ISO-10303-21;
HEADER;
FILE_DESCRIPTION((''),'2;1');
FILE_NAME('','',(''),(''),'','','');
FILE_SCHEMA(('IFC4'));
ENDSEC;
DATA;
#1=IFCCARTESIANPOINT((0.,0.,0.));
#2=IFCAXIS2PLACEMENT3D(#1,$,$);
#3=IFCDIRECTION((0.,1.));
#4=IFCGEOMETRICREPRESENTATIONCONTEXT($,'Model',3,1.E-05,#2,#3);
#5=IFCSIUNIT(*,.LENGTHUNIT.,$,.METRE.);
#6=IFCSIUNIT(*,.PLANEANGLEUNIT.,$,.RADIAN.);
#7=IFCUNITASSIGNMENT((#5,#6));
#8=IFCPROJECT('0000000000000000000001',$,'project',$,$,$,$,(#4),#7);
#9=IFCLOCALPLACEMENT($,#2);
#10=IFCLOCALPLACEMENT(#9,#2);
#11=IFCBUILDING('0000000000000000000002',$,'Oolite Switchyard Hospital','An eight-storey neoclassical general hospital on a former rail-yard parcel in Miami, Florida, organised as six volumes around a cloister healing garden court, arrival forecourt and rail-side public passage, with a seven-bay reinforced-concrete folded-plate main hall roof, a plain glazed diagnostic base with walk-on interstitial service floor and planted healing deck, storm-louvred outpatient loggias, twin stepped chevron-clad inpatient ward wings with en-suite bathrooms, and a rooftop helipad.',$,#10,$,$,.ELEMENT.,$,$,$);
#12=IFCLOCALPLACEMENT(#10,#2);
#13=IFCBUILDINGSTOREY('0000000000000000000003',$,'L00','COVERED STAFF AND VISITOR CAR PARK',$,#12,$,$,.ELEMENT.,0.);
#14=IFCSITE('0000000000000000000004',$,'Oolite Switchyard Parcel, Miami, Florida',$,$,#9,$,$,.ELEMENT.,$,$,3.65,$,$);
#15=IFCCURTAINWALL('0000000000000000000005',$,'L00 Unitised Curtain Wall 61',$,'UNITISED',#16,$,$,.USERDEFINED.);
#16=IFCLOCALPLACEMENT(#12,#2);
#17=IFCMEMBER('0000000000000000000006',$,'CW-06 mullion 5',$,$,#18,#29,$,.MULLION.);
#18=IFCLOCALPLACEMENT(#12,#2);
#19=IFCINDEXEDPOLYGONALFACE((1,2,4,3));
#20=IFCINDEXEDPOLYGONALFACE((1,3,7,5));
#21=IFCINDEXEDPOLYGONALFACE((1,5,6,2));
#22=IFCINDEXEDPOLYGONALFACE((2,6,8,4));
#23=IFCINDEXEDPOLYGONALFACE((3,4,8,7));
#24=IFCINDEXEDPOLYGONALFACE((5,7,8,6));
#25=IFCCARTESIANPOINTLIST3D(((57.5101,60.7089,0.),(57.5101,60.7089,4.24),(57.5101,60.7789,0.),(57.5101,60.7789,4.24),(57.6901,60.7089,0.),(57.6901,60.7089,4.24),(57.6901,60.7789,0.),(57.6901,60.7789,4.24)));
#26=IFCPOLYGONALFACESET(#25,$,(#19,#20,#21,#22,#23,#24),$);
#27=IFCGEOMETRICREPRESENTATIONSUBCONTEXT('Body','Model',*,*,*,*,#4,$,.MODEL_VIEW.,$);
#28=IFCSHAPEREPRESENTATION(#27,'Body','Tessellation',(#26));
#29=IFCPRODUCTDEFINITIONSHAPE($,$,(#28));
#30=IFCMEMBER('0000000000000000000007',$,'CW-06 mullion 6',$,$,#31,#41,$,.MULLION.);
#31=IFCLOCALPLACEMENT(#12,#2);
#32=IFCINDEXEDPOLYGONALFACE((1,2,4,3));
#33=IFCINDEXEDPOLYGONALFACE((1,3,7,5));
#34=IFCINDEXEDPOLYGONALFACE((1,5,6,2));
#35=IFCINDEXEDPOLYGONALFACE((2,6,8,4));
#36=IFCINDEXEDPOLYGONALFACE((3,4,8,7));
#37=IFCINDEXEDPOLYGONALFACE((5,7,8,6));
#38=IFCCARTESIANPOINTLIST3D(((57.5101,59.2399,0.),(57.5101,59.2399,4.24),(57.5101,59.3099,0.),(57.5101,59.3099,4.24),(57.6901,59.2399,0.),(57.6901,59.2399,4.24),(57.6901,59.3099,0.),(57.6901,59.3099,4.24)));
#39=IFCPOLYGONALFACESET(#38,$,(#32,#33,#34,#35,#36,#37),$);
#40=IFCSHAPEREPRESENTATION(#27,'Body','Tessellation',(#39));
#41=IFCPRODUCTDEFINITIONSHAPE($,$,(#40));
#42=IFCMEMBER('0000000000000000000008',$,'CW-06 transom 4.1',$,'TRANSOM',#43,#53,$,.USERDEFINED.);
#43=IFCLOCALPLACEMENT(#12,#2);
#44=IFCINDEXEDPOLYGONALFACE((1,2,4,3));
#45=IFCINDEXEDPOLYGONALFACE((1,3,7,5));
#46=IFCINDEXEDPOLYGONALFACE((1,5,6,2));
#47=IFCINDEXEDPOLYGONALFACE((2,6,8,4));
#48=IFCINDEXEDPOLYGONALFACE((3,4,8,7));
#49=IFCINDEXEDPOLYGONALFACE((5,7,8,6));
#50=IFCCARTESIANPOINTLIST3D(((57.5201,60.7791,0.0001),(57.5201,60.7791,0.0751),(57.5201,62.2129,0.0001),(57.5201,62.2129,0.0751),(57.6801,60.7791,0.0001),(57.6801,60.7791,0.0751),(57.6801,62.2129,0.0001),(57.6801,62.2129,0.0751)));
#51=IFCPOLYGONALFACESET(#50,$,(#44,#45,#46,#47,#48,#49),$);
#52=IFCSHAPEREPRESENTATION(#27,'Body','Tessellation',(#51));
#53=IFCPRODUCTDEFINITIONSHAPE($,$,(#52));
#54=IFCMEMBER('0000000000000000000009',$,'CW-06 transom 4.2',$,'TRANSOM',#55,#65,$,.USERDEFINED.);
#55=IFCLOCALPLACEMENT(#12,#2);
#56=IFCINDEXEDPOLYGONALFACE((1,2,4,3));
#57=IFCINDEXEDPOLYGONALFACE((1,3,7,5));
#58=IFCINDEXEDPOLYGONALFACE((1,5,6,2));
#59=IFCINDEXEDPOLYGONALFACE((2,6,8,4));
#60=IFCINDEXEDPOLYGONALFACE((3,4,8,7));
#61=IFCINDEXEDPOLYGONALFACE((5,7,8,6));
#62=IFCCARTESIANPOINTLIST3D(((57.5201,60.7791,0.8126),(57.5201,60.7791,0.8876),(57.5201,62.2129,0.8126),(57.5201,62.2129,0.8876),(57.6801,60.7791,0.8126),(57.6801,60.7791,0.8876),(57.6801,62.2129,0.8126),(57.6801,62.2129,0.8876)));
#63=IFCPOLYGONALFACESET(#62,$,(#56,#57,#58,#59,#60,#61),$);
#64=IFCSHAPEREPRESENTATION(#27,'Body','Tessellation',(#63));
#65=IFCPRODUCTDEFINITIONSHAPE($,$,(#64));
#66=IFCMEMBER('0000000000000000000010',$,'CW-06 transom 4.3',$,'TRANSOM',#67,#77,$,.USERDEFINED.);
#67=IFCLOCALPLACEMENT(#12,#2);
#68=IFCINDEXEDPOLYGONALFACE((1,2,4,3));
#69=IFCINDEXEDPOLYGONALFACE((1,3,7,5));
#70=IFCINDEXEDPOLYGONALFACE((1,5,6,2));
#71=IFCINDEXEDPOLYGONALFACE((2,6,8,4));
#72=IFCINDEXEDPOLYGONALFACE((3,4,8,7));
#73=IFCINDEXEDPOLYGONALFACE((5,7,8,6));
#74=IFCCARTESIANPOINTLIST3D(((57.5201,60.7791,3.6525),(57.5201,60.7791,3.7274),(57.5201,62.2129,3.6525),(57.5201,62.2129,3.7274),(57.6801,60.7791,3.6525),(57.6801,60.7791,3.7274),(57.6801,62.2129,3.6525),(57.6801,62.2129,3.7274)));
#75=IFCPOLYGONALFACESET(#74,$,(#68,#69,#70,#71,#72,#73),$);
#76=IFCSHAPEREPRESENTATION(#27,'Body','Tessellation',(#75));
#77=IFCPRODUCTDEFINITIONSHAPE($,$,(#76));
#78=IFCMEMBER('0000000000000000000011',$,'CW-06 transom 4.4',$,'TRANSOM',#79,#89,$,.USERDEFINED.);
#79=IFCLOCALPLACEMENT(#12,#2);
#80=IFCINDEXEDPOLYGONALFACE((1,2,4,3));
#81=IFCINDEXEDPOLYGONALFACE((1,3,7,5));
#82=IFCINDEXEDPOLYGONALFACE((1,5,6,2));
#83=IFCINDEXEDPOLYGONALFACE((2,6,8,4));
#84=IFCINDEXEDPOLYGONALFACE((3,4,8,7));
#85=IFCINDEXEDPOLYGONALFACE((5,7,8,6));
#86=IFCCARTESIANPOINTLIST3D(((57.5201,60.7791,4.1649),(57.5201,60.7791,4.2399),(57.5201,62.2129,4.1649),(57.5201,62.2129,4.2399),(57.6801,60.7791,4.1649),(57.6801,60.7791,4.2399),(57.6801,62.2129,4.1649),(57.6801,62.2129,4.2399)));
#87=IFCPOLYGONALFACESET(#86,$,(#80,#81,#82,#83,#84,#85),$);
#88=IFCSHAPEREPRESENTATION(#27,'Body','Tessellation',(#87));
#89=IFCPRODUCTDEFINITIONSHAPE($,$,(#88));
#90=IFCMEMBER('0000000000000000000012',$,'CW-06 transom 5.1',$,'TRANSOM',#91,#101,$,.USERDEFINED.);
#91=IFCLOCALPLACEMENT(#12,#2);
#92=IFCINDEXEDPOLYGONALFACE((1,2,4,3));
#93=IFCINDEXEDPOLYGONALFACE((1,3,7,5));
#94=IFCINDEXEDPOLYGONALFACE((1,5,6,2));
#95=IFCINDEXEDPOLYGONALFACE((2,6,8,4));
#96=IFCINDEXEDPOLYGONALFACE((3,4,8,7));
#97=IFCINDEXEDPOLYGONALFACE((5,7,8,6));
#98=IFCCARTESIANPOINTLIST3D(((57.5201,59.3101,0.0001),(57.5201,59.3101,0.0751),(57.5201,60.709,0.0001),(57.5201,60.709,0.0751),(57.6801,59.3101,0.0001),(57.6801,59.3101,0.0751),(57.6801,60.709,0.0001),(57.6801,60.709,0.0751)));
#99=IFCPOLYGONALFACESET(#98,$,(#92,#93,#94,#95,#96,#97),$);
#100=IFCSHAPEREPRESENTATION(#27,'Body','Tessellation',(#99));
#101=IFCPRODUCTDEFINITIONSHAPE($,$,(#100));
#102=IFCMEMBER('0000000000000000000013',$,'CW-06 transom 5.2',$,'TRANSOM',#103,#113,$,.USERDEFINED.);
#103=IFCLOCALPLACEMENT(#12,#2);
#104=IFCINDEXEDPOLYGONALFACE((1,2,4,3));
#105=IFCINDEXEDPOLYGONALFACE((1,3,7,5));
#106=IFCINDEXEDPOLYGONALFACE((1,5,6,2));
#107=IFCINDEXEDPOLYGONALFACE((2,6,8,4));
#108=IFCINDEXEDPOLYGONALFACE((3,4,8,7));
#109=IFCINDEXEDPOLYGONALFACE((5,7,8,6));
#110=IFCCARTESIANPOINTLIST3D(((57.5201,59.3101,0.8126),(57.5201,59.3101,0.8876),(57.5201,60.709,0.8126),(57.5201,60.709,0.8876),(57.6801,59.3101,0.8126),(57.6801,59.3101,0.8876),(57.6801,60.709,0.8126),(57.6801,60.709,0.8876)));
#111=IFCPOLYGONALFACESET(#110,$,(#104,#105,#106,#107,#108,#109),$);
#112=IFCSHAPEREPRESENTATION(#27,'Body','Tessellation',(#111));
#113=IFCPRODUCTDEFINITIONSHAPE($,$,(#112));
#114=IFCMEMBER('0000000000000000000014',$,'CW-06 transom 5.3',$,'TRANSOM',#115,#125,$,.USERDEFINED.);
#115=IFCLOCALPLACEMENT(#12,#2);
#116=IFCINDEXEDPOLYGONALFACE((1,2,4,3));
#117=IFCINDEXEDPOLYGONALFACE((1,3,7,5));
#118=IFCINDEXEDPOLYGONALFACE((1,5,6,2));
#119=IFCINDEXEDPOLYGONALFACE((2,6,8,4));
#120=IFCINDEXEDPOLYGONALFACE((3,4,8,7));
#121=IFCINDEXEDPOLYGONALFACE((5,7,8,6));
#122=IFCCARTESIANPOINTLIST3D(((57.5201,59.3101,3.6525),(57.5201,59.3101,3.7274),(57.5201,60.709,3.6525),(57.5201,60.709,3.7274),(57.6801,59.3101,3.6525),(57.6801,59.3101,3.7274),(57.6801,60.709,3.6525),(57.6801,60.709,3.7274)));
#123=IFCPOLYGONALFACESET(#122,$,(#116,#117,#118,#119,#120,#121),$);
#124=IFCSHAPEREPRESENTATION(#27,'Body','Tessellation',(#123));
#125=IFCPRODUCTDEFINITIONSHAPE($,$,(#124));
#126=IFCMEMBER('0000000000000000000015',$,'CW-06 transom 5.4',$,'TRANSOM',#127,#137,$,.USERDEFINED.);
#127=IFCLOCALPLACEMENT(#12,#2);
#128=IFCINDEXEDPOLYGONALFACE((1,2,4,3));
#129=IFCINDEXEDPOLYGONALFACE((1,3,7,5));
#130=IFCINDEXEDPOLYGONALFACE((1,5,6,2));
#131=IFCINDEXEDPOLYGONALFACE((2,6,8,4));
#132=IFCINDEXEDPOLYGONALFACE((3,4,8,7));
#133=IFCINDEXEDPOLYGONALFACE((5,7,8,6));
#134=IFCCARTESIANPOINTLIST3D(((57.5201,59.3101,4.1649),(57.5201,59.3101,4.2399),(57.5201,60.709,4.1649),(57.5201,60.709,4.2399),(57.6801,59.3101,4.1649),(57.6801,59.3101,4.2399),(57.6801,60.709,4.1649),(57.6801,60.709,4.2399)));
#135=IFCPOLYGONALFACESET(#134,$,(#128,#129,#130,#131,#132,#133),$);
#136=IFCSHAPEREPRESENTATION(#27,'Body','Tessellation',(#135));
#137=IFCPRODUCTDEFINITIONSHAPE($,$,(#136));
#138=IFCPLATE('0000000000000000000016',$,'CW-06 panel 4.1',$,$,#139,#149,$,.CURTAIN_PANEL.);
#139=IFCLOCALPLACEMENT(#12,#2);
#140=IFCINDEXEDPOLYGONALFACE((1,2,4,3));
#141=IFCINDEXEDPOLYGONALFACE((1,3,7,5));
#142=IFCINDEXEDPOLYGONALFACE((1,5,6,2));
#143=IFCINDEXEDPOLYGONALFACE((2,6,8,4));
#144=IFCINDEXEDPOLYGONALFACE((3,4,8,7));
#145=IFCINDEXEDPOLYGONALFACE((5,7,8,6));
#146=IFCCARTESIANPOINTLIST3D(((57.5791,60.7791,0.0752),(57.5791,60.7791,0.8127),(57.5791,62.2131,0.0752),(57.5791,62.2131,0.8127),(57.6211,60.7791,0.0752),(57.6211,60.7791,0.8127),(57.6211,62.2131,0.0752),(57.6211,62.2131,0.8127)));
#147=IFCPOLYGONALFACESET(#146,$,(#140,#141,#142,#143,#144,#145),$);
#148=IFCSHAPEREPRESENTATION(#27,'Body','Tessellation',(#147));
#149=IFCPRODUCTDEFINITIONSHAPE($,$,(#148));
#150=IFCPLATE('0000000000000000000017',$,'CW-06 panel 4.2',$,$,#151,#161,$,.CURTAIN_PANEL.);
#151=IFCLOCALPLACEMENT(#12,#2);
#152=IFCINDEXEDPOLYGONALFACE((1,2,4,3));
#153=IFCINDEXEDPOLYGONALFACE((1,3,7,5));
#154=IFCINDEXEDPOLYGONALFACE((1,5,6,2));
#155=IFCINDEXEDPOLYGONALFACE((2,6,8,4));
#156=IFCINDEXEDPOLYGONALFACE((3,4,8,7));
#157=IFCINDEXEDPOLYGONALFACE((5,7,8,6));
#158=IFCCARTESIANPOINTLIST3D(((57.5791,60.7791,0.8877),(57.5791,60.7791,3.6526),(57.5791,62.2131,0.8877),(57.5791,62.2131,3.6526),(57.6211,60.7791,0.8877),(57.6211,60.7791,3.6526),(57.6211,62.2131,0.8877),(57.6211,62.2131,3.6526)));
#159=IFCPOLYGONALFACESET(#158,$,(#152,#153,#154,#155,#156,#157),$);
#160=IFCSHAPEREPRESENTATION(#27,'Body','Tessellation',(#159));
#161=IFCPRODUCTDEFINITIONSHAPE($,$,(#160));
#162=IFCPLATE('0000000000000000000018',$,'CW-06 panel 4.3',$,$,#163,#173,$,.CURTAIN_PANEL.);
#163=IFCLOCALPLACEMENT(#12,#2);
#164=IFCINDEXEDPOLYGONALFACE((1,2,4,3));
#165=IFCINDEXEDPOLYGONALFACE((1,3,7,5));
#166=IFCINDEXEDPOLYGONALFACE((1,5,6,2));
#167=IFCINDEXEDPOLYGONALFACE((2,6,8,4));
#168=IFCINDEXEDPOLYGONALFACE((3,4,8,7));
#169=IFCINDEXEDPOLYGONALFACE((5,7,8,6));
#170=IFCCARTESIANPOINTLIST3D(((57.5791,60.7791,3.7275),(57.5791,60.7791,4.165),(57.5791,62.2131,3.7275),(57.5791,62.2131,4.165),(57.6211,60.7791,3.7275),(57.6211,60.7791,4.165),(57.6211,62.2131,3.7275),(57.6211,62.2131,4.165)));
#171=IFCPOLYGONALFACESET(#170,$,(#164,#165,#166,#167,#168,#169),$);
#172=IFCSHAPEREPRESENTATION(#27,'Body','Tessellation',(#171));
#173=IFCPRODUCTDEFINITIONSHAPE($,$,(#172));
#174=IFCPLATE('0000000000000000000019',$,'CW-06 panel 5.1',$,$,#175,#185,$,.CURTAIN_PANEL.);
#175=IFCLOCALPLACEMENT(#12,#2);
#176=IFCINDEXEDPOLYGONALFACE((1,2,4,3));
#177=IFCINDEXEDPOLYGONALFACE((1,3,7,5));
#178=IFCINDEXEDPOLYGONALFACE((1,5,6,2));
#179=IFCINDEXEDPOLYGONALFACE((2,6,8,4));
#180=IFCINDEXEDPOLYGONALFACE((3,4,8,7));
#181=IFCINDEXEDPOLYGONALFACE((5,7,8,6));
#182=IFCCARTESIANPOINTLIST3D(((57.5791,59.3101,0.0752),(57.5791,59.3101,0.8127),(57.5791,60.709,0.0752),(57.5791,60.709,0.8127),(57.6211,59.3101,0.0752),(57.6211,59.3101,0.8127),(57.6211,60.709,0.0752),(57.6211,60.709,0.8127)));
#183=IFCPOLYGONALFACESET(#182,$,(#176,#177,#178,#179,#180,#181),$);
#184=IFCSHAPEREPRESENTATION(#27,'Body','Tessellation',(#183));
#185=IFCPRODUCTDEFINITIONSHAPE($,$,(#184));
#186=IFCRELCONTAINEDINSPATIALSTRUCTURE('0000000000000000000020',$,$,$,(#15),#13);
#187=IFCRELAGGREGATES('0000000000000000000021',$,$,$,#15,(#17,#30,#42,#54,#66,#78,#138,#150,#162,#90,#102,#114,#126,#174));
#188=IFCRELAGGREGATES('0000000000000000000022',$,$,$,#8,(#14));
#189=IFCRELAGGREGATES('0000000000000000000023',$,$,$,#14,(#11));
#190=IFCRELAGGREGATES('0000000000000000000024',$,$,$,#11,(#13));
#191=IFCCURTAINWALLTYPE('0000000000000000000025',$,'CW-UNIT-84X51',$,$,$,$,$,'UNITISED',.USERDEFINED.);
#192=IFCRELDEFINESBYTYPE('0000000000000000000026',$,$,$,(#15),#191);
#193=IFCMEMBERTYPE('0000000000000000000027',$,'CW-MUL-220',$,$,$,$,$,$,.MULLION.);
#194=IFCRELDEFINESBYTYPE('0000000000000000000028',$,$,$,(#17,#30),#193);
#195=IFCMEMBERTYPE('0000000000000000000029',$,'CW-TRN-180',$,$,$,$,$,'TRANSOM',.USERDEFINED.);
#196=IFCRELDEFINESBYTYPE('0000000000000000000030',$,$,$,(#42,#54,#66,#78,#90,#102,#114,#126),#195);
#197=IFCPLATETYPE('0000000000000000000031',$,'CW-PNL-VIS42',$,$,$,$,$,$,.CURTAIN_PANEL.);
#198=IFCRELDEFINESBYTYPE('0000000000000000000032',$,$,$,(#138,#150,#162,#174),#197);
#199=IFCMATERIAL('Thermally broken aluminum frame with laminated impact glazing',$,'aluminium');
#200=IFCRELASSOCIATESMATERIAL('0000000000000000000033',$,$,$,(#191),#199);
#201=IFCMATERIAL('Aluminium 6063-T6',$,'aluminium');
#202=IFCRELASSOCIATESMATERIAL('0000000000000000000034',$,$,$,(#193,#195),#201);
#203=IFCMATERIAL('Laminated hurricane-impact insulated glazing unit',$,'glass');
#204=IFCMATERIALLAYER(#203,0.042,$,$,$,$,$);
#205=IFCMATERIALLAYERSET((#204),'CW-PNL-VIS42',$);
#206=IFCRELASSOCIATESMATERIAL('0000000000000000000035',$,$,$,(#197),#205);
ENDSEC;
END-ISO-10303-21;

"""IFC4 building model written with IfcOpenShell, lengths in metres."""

from ifc_helpers import new_model, si_unit, direction, frame, origin, origin_2d, place, context, subcontext, project, spatial, rectangle, extrude, material, layer, layer_set, material_profile, profile_set, type_object, element, aggregate, save


model = new_model("IFC4")

# Units and contexts
model_context = context("Model", 3, precision=1e-05, world=origin(), true_north=direction((0.0, 1.0)))
body_context = subcontext(model_context, "Body", "Model", "MODEL_VIEW")
ifc_project = project(units=[si_unit("LENGTHUNIT", "METRE"), si_unit("PLANEANGLEUNIT", "RADIAN")], contexts=[model_context])

# Site, building, storey
site_placement = place(None, origin())
site = spatial("IfcSite", under=ifc_project, at=site_placement, Name="Oolite Switchyard Parcel, Miami, Florida", CompositionType="ELEMENT", RefElevation=3.65)
building_placement = place(site_placement, origin())
building = spatial("IfcBuilding", under=site, at=building_placement, Name="Oolite Switchyard Hospital", Description="An eight-storey neoclassical general hospital on a former rail-yard parcel in Miami, Florida, organised as six volumes around a cloister healing garden court, arrival forecourt and rail-side public passage, with a seven-bay reinforced-concrete folded-plate main hall roof, a plain glazed diagnostic base with walk-on interstitial service floor and planted healing deck, storm-louvred outpatient loggias, twin stepped chevron-clad inpatient ward wings with en-suite bathrooms, and a rooftop helipad.", CompositionType="ELEMENT")
storey_placement = place(building_placement, origin())
storey = spatial("IfcBuildingStorey", under=building, at=storey_placement, Name="L00", Description="COVERED STAFF AND VISITOR CAR PARK", CompositionType="ELEMENT", Elevation=0.0)

# Shared definitions
ifc_material_1 = material(Name="Thermally broken aluminum frame with laminated impact glazing", Category="aluminium")
curtain_wall_type = type_object("IfcCurtainWallType", Name="CW-UNIT-84X51", ElementType="UNITISED", PredefinedType="USERDEFINED", material=ifc_material_1)
ifc_material_2 = material(Name="Aluminium 6063-T6", Category="aluminium")

# Curtain wall, members, plates
curtain_wall_1_placement = place(storey_placement, origin())
curtain_wall_1 = element("IfcCurtainWall", 1, at=curtain_wall_1_placement, inside=storey, type_object=curtain_wall_type, Name="L00 Unitised Curtain Wall 61", ObjectType="UNITISED", PredefinedType="USERDEFINED")
ifc_material_profile_1 = material_profile(ifc_material_2, rectangle(XDim=0.1799, YDim=0.0701, at=origin_2d()), Name="CWM70X180")
ifc_profile_set_1 = profile_set([ifc_material_profile_1], Name="Aluminium 6063-T6")
member_type_1 = type_object("IfcMemberType", Name="CW-MUL-220", PredefinedType="MULLION", material=ifc_profile_set_1)
member_1_placement = place(storey_placement, frame((57.6001, 60.7439, 0.0), z_axis=(0.0, 0.0, 1.0), x_axis=(1.0, 0.0, 0.0)))
member_1 = element("IfcMember", 2, at=member_1_placement, type_object=member_type_1, Name="CW-06 mullion 5", PredefinedType="MULLION", context=body_context, shape_type="SweptSolid", body=[
    extrude(rectangle(XDim=0.1799, YDim=0.0701, at=origin_2d()), origin(), (0.0, 0.0, 1.0), 4.24),
])
member_2_placement = place(storey_placement, frame((57.6001, 59.2749, 0.0), z_axis=(0.0, 0.0, 1.0), x_axis=(1.0, 0.0, 0.0)))
member_2 = element("IfcMember", 3, at=member_2_placement, type_object=member_type_1, Name="CW-06 mullion 6", PredefinedType="MULLION", context=body_context, shape_type="SweptSolid", body=[
    extrude(rectangle(XDim=0.1799, YDim=0.0701, at=origin_2d()), origin(), (0.0, 0.0, 1.0), 4.24),
])
ifc_material_profile_2 = material_profile(ifc_material_2, rectangle(XDim=0.1599, YDim=0.075, at=origin_2d()), Name="CWT75X160")
ifc_profile_set_2 = profile_set([ifc_material_profile_2], Name="Aluminium 6063-T6")
member_type_2 = type_object("IfcMemberType", Name="CW-TRN-180", ElementType="TRANSOM", PredefinedType="USERDEFINED", material=ifc_profile_set_2)
member_3_placement = place(storey_placement, frame((57.6001, 62.2129, 0.0376), z_axis=(0.0, -1.0, 0.0), x_axis=(1.0, 0.0, 0.0)))
member_3 = element("IfcMember", 4, at=member_3_placement, type_object=member_type_2, Name="CW-06 transom 4.1", ObjectType="TRANSOM", PredefinedType="USERDEFINED", context=body_context, shape_type="SweptSolid", body=[
    extrude(rectangle(XDim=0.1599, YDim=0.075, at=origin_2d()), origin(), (0.0, 0.0, 1.0), 1.4338),
])
member_4_placement = place(storey_placement, frame((57.6001, 62.2129, 0.8501), z_axis=(0.0, -1.0, 0.0), x_axis=(1.0, 0.0, 0.0)))
member_4 = element("IfcMember", 5, at=member_4_placement, type_object=member_type_2, Name="CW-06 transom 4.2", ObjectType="TRANSOM", PredefinedType="USERDEFINED", context=body_context, shape_type="SweptSolid", body=[
    extrude(rectangle(XDim=0.1599, YDim=0.075, at=origin_2d()), origin(), (0.0, 0.0, 1.0), 1.4338),
])
member_5_placement = place(storey_placement, frame((57.6001, 62.2129, 3.6899), z_axis=(0.0, -1.0, 0.0), x_axis=(1.0, 0.0, 0.0)))
member_5 = element("IfcMember", 6, at=member_5_placement, type_object=member_type_2, Name="CW-06 transom 4.3", ObjectType="TRANSOM", PredefinedType="USERDEFINED", context=body_context, shape_type="SweptSolid", body=[
    extrude(rectangle(XDim=0.1599, YDim=0.075, at=origin_2d()), origin(), (0.0, 0.0, 1.0), 1.4338),
])
member_6_placement = place(storey_placement, frame((57.6001, 62.2129, 4.2024), z_axis=(0.0, -1.0, 0.0), x_axis=(1.0, 0.0, 0.0)))
member_6 = element("IfcMember", 7, at=member_6_placement, type_object=member_type_2, Name="CW-06 transom 4.4", ObjectType="TRANSOM", PredefinedType="USERDEFINED", context=body_context, shape_type="SweptSolid", body=[
    extrude(rectangle(XDim=0.1599, YDim=0.075, at=origin_2d()), origin(), (0.0, 0.0, 1.0), 1.4338),
])
member_7_placement = place(storey_placement, frame((57.6001, 60.709, 0.0376), z_axis=(0.0, -1.0, 0.0), x_axis=(1.0, 0.0, 0.0)))
member_7 = element("IfcMember", 8, at=member_7_placement, type_object=member_type_2, Name="CW-06 transom 5.1", ObjectType="TRANSOM", PredefinedType="USERDEFINED", context=body_context, shape_type="SweptSolid", body=[
    extrude(rectangle(XDim=0.1599, YDim=0.075, at=origin_2d()), origin(), (0.0, 0.0, 1.0), 1.3989),
])
member_8_placement = place(storey_placement, frame((57.6001, 60.709, 0.8501), z_axis=(0.0, -1.0, 0.0), x_axis=(1.0, 0.0, 0.0)))
member_8 = element("IfcMember", 9, at=member_8_placement, type_object=member_type_2, Name="CW-06 transom 5.2", ObjectType="TRANSOM", PredefinedType="USERDEFINED", context=body_context, shape_type="SweptSolid", body=[
    extrude(rectangle(XDim=0.1599, YDim=0.075, at=origin_2d()), origin(), (0.0, 0.0, 1.0), 1.3989),
])
member_9_placement = place(storey_placement, frame((57.6001, 60.709, 3.6899), z_axis=(0.0, -1.0, 0.0), x_axis=(1.0, 0.0, 0.0)))
member_9 = element("IfcMember", 10, at=member_9_placement, type_object=member_type_2, Name="CW-06 transom 5.3", ObjectType="TRANSOM", PredefinedType="USERDEFINED", context=body_context, shape_type="SweptSolid", body=[
    extrude(rectangle(XDim=0.1599, YDim=0.075, at=origin_2d()), origin(), (0.0, 0.0, 1.0), 1.3989),
])
member_10_placement = place(storey_placement, frame((57.6001, 60.709, 4.2024), z_axis=(0.0, -1.0, 0.0), x_axis=(1.0, 0.0, 0.0)))
member_10 = element("IfcMember", 11, at=member_10_placement, type_object=member_type_2, Name="CW-06 transom 5.4", ObjectType="TRANSOM", PredefinedType="USERDEFINED", context=body_context, shape_type="SweptSolid", body=[
    extrude(rectangle(XDim=0.1599, YDim=0.075, at=origin_2d()), origin(), (0.0, 0.0, 1.0), 1.3989),
])
ifc_material_3 = material(Name="Laminated hurricane-impact insulated glazing unit", Category="glass")
ifc_layer = layer(ifc_material_3, 0.042)
ifc_layer_set = layer_set([ifc_layer], Name="CW-PNL-VIS42")
plate_type = type_object("IfcPlateType", Name="CW-PNL-VIS42", PredefinedType="CURTAIN_PANEL", material=ifc_layer_set)
plate_1_placement = place(storey_placement, frame((57.6001, 61.4961, 0.0752), z_axis=(0.0, 0.0, 1.0), x_axis=(0.0, -1.0, 0.0)))
plate_1 = element("IfcPlate", 12, at=plate_1_placement, type_object=plate_type, Name="CW-06 panel 4.1", PredefinedType="CURTAIN_PANEL", context=body_context, shape_type="SweptSolid", body=[
    extrude(rectangle(XDim=1.4341, YDim=0.042, at=origin_2d()), origin(), (0.0, 0.0, 1.0), 0.7375),
])
plate_2_placement = place(storey_placement, frame((57.6001, 61.4961, 0.8877), z_axis=(0.0, 0.0, 1.0), x_axis=(0.0, -1.0, 0.0)))
plate_2 = element("IfcPlate", 13, at=plate_2_placement, type_object=plate_type, Name="CW-06 panel 4.2", PredefinedType="CURTAIN_PANEL", context=body_context, shape_type="SweptSolid", body=[
    extrude(rectangle(XDim=1.4341, YDim=0.042, at=origin_2d()), origin(), (0.0, 0.0, 1.0), 2.7649),
])
plate_3_placement = place(storey_placement, frame((57.6001, 61.4961, 3.7275), z_axis=(0.0, 0.0, 1.0), x_axis=(0.0, -1.0, 0.0)))
plate_3 = element("IfcPlate", 14, at=plate_3_placement, type_object=plate_type, Name="CW-06 panel 4.3", PredefinedType="CURTAIN_PANEL", context=body_context, shape_type="SweptSolid", body=[
    extrude(rectangle(XDim=1.4341, YDim=0.042, at=origin_2d()), origin(), (0.0, 0.0, 1.0), 0.4375),
])
plate_4_placement = place(storey_placement, frame((57.6001, 60.0095, 0.0752), z_axis=(0.0, 0.0, 1.0), x_axis=(0.0, -1.0, 0.0)))
plate_4 = element("IfcPlate", 15, at=plate_4_placement, type_object=plate_type, Name="CW-06 panel 5.1", PredefinedType="CURTAIN_PANEL", context=body_context, shape_type="SweptSolid", body=[
    extrude(rectangle(XDim=1.3989, YDim=0.042, at=origin_2d()), origin(), (0.0, 0.0, 1.0), 0.7375),
])
aggregate(curtain_wall_1, [member_1, member_2, member_3, member_4, member_5, member_6, plate_1, plate_2, plate_3, member_7, member_8, member_9, member_10, plate_4])

save(model, "model.ifc")
